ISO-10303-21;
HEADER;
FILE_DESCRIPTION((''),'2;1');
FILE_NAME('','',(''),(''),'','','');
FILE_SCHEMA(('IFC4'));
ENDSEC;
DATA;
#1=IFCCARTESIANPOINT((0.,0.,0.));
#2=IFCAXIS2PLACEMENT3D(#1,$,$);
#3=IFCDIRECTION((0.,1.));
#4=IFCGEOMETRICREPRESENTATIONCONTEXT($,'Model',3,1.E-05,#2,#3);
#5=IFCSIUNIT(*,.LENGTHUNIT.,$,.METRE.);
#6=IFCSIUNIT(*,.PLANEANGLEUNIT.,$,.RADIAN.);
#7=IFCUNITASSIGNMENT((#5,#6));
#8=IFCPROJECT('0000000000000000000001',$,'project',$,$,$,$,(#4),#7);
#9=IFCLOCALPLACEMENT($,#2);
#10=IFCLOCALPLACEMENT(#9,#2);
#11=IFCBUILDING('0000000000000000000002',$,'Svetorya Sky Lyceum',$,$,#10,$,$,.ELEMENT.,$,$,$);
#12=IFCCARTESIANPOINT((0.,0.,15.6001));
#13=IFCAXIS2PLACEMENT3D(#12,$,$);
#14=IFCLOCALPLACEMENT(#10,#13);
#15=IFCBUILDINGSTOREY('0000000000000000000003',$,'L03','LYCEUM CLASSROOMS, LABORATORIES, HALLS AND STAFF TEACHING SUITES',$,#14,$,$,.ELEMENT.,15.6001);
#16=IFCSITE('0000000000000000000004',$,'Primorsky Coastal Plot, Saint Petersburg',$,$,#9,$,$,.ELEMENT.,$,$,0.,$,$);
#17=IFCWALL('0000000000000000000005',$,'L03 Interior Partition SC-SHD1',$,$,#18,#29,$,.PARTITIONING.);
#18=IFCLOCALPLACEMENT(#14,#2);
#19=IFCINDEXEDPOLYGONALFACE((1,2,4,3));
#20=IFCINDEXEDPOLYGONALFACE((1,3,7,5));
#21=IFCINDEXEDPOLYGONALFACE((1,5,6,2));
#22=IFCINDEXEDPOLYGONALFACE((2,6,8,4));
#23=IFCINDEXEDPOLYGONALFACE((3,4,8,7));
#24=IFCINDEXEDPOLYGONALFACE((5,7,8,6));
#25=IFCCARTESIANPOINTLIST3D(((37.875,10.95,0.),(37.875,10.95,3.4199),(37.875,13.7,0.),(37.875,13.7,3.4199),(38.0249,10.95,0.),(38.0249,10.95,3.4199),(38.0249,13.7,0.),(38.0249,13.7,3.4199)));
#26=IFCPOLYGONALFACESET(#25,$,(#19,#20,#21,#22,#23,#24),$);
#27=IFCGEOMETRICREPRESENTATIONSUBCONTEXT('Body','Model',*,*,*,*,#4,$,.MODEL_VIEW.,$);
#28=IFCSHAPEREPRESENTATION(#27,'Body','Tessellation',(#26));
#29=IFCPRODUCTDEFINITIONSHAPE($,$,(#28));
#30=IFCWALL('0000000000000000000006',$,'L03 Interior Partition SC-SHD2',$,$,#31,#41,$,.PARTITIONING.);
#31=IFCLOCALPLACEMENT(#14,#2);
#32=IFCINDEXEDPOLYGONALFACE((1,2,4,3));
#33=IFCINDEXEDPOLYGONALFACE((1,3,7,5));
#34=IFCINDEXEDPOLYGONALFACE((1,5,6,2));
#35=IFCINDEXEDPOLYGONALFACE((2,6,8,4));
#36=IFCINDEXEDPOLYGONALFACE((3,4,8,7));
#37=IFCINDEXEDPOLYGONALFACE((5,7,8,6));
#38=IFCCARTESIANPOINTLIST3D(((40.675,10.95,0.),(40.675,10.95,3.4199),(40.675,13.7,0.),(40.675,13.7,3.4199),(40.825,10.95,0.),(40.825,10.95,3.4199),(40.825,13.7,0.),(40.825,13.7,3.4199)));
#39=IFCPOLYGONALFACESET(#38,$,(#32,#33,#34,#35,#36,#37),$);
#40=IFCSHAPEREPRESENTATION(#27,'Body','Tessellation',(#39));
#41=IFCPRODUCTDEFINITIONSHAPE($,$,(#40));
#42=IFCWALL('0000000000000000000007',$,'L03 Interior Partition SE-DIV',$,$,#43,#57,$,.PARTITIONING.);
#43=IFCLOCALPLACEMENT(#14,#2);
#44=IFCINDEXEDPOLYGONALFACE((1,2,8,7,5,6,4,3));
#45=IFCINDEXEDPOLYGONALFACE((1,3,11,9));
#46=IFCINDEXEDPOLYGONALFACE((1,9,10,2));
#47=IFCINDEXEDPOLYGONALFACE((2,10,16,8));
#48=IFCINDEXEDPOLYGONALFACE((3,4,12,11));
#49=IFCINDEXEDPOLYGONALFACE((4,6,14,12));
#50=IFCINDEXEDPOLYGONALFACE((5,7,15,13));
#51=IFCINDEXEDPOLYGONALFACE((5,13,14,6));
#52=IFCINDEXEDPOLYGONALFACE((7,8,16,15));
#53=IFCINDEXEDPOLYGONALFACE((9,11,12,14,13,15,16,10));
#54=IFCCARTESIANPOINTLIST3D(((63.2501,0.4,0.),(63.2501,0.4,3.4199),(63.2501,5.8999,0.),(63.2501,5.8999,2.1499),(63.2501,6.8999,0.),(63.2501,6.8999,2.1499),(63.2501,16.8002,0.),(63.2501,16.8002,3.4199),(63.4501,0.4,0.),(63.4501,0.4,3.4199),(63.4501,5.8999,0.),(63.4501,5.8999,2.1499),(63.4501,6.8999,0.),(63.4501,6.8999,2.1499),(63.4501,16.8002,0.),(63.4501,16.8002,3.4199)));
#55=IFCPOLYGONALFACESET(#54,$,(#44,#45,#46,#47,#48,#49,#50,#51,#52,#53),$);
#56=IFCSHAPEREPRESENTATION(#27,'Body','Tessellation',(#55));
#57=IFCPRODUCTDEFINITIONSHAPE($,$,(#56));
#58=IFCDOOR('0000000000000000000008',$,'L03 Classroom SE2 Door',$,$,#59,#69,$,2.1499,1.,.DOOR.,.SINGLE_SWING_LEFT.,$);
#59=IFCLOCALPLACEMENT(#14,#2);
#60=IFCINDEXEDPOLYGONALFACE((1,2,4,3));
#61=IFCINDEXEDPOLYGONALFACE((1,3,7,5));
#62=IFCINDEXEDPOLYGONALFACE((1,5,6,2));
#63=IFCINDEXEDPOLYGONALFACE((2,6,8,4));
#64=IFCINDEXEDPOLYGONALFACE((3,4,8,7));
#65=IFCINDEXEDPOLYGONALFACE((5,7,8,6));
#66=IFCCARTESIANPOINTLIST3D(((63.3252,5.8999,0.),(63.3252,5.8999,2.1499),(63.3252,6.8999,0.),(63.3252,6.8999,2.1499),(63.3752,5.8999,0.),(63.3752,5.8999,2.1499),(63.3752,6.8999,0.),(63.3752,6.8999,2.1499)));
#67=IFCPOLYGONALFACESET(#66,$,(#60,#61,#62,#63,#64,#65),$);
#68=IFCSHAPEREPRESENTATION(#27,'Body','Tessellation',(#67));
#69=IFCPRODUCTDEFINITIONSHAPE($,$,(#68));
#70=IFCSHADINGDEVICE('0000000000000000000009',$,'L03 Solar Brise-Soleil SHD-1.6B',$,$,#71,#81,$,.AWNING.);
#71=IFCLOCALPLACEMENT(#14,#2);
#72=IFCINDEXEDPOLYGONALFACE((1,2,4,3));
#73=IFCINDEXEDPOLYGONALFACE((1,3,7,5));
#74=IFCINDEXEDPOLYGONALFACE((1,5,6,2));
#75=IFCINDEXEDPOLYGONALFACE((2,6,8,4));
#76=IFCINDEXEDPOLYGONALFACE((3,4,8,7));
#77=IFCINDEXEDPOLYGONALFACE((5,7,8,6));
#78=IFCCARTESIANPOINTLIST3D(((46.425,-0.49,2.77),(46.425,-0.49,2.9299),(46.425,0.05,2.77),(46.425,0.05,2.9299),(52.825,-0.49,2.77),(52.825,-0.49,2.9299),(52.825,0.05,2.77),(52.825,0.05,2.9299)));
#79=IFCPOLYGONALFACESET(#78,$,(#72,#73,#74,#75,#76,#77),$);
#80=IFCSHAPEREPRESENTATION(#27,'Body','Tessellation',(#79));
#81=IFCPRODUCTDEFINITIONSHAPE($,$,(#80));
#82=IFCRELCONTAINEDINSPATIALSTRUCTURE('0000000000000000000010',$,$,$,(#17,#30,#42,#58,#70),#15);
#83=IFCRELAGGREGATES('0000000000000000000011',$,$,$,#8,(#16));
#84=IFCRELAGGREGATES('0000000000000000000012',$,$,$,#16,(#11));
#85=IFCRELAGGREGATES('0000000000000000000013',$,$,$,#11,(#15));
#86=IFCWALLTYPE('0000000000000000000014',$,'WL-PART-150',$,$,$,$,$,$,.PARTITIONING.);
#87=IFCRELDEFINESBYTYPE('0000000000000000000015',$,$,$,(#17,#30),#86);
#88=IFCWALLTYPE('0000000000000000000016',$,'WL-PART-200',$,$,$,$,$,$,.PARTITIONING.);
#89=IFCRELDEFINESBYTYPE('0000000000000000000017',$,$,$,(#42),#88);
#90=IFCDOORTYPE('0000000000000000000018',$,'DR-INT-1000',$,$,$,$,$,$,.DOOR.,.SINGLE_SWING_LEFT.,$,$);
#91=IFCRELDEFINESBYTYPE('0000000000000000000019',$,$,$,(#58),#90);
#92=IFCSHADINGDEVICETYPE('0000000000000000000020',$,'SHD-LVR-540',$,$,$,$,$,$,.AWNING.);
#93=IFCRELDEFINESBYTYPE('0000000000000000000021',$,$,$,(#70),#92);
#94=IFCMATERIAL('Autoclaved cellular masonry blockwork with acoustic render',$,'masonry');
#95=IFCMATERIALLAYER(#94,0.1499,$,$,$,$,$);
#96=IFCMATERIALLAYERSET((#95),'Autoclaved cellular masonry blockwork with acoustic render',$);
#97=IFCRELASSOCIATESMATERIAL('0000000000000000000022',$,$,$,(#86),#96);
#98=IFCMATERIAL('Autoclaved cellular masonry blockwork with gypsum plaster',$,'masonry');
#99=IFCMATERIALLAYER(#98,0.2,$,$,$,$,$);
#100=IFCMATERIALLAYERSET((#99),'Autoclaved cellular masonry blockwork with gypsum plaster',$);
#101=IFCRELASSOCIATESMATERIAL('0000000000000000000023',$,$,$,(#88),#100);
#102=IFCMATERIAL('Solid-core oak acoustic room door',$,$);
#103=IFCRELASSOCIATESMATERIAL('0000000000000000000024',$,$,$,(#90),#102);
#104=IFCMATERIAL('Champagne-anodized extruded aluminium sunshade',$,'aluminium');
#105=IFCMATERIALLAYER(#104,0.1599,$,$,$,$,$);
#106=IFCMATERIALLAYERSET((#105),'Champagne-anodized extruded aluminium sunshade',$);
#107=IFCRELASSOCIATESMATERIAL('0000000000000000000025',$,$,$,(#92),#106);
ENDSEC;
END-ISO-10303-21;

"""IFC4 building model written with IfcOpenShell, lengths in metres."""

from ifc_helpers import new_model, si_unit, direction, frame, frame_2d, origin, origin_2d, place, context, subcontext, project, spatial, rectangle, extrude, material, layer, layer_set, type_object, element, fill, save


model = new_model("IFC4")

# Units and contexts
model_context = context("Model", 3, precision=1e-05, world=origin(), true_north=direction((0.0, 1.0)))
body_context = subcontext(model_context, "Body", "Model", "MODEL_VIEW")
ifc_project = project(units=[si_unit("LENGTHUNIT", "METRE"), si_unit("PLANEANGLEUNIT", "RADIAN")], contexts=[model_context])

# Site, building, storey
site_placement = place(None, origin())
site = spatial("IfcSite", under=ifc_project, at=site_placement, Name="Primorsky Coastal Plot, Saint Petersburg", CompositionType="ELEMENT", RefElevation=0.0)
building_placement = place(site_placement, origin())
building = spatial("IfcBuilding", under=site, at=building_placement, Name="Svetorya Sky Lyceum", CompositionType="ELEMENT")
storey_placement = place(building_placement, frame((0.0, 0.0, 15.6001)))
storey = spatial("IfcBuildingStorey", under=building, at=storey_placement, Name="L03", Description="LYCEUM CLASSROOMS, LABORATORIES, HALLS AND STAFF TEACHING SUITES", CompositionType="ELEMENT", Elevation=15.6001)

# Walls
ifc_material_1 = material(Name="Autoclaved cellular masonry blockwork with acoustic render", Category="masonry")
ifc_layer_1 = layer(ifc_material_1, 0.1499)
ifc_layer_set_1 = layer_set([ifc_layer_1], Name="Autoclaved cellular masonry blockwork with acoustic render")
wall_type_1 = type_object("IfcWallType", Name="WL-PART-150", PredefinedType="PARTITIONING", material=ifc_layer_set_1)
for number, where, z_axis, x_axis, name in (
    (1, (37.95, 10.95, 0.0), (0.0, 0.0, 1.0), (0.0, 1.0, 0.0), "L03 Interior Partition SC-SHD1"),
    (2, (40.75, 10.95, 0.0), (0.0, 0.0, 1.0), (0.0, 1.0, 0.0), "L03 Interior Partition SC-SHD2"),
):
    element("IfcWall", number, at=place(storey_placement, frame(where, z_axis=z_axis, x_axis=x_axis)), inside=storey, type_object=wall_type_1, Name=name, PredefinedType="PARTITIONING", context=body_context, shape_type="SweptSolid", body=[
        extrude(rectangle(XDim=2.75, YDim=0.1499, at=frame_2d((1.375, 0.0))), origin(), (0.0, 0.0, 1.0), 3.4199),
    ])

# Wall, opening, door
ifc_material_2 = material(Name="Autoclaved cellular masonry blockwork with gypsum plaster", Category="masonry")
ifc_layer_2 = layer(ifc_material_2, 0.2)
ifc_layer_set_2 = layer_set([ifc_layer_2], Name="Autoclaved cellular masonry blockwork with gypsum plaster")
wall_type_2 = type_object("IfcWallType", Name="WL-PART-200", PredefinedType="PARTITIONING", material=ifc_layer_set_2)
wall_1_placement = place(storey_placement, frame((63.3501, 0.3999, 0.0), z_axis=(0.0, 0.0, 1.0), x_axis=(0.0, 1.0, 0.0)))
wall_1 = element("IfcWall", 3, at=wall_1_placement, inside=storey, type_object=wall_type_2, Name="L03 Interior Partition SE-DIV", PredefinedType="PARTITIONING", context=body_context, shape_type="SweptSolid", body=[
    extrude(rectangle(XDim=16.4001, YDim=0.2, at=frame_2d((8.2002, 0.0))), origin(), (0.0, 0.0, 1.0), 3.4199),
])
opening_placement = place(wall_1_placement, frame((5.5, 0.0, 0.0)))
opening = element("IfcOpeningElement", 4, at=opening_placement, cuts=wall_1, PredefinedType="OPENING", context=body_context, shape_type="SweptSolid", body=[
    extrude(rectangle(XDim=1.0, YDim=2.1499, at=frame_2d((0.5, 1.075))), frame((0.0, 0.1099, 0.0), z_axis=(0.0, -1.0, 0.0), x_axis=(1.0, 0.0, 0.0)), (0.0, 0.0, 1.0), 0.22),
])
ifc_material_3 = material(Name="Solid-core oak acoustic room door")
door_type = type_object("IfcDoorType", Name="DR-INT-1000", OperationType="SINGLE_SWING_LEFT", PredefinedType="DOOR", material=ifc_material_3)
door_placement = place(opening_placement, origin())
door = element("IfcDoor", 5, at=door_placement, inside=storey, type_object=door_type, Name="L03 Classroom SE2 Door", OperationType="SINGLE_SWING_LEFT", OverallHeight=2.1499, OverallWidth=1.0, PredefinedType="DOOR", context=body_context, shape_type="SweptSolid", body=[
    extrude(rectangle(XDim=1.0, YDim=2.1499, at=frame_2d((0.5, 1.075))), frame((0.0, 0.0249, 0.0), z_axis=(0.0, -1.0, 0.0), x_axis=(1.0, 0.0, 0.0)), (0.0, 0.0, 1.0), 0.05),
])
fill(opening, door)

# Shading device
ifc_material_4 = material(Name="Champagne-anodized extruded aluminium sunshade", Category="aluminium")
ifc_layer_3 = layer(ifc_material_4, 0.1599)
ifc_layer_set_3 = layer_set([ifc_layer_3], Name="Champagne-anodized extruded aluminium sunshade")
shading_device_type = type_object("IfcShadingDeviceType", Name="SHD-LVR-540", PredefinedType="AWNING", material=ifc_layer_set_3)
shading_device_placement = place(storey_placement, frame((49.625, -0.22, 2.77), z_axis=(0.0, 0.0, 1.0), x_axis=(1.0, 0.0, 0.0)))
element("IfcShadingDevice", 6, at=shading_device_placement, inside=storey, type_object=shading_device_type, Name="L03 Solar Brise-Soleil SHD-1.6B", PredefinedType="AWNING", context=body_context, shape_type="SweptSolid", body=[
    extrude(rectangle(XDim=6.3999, YDim=0.54, at=origin_2d()), origin(), (0.0, 0.0, 1.0), 0.1599),
])

save(model, "model.ifc")
